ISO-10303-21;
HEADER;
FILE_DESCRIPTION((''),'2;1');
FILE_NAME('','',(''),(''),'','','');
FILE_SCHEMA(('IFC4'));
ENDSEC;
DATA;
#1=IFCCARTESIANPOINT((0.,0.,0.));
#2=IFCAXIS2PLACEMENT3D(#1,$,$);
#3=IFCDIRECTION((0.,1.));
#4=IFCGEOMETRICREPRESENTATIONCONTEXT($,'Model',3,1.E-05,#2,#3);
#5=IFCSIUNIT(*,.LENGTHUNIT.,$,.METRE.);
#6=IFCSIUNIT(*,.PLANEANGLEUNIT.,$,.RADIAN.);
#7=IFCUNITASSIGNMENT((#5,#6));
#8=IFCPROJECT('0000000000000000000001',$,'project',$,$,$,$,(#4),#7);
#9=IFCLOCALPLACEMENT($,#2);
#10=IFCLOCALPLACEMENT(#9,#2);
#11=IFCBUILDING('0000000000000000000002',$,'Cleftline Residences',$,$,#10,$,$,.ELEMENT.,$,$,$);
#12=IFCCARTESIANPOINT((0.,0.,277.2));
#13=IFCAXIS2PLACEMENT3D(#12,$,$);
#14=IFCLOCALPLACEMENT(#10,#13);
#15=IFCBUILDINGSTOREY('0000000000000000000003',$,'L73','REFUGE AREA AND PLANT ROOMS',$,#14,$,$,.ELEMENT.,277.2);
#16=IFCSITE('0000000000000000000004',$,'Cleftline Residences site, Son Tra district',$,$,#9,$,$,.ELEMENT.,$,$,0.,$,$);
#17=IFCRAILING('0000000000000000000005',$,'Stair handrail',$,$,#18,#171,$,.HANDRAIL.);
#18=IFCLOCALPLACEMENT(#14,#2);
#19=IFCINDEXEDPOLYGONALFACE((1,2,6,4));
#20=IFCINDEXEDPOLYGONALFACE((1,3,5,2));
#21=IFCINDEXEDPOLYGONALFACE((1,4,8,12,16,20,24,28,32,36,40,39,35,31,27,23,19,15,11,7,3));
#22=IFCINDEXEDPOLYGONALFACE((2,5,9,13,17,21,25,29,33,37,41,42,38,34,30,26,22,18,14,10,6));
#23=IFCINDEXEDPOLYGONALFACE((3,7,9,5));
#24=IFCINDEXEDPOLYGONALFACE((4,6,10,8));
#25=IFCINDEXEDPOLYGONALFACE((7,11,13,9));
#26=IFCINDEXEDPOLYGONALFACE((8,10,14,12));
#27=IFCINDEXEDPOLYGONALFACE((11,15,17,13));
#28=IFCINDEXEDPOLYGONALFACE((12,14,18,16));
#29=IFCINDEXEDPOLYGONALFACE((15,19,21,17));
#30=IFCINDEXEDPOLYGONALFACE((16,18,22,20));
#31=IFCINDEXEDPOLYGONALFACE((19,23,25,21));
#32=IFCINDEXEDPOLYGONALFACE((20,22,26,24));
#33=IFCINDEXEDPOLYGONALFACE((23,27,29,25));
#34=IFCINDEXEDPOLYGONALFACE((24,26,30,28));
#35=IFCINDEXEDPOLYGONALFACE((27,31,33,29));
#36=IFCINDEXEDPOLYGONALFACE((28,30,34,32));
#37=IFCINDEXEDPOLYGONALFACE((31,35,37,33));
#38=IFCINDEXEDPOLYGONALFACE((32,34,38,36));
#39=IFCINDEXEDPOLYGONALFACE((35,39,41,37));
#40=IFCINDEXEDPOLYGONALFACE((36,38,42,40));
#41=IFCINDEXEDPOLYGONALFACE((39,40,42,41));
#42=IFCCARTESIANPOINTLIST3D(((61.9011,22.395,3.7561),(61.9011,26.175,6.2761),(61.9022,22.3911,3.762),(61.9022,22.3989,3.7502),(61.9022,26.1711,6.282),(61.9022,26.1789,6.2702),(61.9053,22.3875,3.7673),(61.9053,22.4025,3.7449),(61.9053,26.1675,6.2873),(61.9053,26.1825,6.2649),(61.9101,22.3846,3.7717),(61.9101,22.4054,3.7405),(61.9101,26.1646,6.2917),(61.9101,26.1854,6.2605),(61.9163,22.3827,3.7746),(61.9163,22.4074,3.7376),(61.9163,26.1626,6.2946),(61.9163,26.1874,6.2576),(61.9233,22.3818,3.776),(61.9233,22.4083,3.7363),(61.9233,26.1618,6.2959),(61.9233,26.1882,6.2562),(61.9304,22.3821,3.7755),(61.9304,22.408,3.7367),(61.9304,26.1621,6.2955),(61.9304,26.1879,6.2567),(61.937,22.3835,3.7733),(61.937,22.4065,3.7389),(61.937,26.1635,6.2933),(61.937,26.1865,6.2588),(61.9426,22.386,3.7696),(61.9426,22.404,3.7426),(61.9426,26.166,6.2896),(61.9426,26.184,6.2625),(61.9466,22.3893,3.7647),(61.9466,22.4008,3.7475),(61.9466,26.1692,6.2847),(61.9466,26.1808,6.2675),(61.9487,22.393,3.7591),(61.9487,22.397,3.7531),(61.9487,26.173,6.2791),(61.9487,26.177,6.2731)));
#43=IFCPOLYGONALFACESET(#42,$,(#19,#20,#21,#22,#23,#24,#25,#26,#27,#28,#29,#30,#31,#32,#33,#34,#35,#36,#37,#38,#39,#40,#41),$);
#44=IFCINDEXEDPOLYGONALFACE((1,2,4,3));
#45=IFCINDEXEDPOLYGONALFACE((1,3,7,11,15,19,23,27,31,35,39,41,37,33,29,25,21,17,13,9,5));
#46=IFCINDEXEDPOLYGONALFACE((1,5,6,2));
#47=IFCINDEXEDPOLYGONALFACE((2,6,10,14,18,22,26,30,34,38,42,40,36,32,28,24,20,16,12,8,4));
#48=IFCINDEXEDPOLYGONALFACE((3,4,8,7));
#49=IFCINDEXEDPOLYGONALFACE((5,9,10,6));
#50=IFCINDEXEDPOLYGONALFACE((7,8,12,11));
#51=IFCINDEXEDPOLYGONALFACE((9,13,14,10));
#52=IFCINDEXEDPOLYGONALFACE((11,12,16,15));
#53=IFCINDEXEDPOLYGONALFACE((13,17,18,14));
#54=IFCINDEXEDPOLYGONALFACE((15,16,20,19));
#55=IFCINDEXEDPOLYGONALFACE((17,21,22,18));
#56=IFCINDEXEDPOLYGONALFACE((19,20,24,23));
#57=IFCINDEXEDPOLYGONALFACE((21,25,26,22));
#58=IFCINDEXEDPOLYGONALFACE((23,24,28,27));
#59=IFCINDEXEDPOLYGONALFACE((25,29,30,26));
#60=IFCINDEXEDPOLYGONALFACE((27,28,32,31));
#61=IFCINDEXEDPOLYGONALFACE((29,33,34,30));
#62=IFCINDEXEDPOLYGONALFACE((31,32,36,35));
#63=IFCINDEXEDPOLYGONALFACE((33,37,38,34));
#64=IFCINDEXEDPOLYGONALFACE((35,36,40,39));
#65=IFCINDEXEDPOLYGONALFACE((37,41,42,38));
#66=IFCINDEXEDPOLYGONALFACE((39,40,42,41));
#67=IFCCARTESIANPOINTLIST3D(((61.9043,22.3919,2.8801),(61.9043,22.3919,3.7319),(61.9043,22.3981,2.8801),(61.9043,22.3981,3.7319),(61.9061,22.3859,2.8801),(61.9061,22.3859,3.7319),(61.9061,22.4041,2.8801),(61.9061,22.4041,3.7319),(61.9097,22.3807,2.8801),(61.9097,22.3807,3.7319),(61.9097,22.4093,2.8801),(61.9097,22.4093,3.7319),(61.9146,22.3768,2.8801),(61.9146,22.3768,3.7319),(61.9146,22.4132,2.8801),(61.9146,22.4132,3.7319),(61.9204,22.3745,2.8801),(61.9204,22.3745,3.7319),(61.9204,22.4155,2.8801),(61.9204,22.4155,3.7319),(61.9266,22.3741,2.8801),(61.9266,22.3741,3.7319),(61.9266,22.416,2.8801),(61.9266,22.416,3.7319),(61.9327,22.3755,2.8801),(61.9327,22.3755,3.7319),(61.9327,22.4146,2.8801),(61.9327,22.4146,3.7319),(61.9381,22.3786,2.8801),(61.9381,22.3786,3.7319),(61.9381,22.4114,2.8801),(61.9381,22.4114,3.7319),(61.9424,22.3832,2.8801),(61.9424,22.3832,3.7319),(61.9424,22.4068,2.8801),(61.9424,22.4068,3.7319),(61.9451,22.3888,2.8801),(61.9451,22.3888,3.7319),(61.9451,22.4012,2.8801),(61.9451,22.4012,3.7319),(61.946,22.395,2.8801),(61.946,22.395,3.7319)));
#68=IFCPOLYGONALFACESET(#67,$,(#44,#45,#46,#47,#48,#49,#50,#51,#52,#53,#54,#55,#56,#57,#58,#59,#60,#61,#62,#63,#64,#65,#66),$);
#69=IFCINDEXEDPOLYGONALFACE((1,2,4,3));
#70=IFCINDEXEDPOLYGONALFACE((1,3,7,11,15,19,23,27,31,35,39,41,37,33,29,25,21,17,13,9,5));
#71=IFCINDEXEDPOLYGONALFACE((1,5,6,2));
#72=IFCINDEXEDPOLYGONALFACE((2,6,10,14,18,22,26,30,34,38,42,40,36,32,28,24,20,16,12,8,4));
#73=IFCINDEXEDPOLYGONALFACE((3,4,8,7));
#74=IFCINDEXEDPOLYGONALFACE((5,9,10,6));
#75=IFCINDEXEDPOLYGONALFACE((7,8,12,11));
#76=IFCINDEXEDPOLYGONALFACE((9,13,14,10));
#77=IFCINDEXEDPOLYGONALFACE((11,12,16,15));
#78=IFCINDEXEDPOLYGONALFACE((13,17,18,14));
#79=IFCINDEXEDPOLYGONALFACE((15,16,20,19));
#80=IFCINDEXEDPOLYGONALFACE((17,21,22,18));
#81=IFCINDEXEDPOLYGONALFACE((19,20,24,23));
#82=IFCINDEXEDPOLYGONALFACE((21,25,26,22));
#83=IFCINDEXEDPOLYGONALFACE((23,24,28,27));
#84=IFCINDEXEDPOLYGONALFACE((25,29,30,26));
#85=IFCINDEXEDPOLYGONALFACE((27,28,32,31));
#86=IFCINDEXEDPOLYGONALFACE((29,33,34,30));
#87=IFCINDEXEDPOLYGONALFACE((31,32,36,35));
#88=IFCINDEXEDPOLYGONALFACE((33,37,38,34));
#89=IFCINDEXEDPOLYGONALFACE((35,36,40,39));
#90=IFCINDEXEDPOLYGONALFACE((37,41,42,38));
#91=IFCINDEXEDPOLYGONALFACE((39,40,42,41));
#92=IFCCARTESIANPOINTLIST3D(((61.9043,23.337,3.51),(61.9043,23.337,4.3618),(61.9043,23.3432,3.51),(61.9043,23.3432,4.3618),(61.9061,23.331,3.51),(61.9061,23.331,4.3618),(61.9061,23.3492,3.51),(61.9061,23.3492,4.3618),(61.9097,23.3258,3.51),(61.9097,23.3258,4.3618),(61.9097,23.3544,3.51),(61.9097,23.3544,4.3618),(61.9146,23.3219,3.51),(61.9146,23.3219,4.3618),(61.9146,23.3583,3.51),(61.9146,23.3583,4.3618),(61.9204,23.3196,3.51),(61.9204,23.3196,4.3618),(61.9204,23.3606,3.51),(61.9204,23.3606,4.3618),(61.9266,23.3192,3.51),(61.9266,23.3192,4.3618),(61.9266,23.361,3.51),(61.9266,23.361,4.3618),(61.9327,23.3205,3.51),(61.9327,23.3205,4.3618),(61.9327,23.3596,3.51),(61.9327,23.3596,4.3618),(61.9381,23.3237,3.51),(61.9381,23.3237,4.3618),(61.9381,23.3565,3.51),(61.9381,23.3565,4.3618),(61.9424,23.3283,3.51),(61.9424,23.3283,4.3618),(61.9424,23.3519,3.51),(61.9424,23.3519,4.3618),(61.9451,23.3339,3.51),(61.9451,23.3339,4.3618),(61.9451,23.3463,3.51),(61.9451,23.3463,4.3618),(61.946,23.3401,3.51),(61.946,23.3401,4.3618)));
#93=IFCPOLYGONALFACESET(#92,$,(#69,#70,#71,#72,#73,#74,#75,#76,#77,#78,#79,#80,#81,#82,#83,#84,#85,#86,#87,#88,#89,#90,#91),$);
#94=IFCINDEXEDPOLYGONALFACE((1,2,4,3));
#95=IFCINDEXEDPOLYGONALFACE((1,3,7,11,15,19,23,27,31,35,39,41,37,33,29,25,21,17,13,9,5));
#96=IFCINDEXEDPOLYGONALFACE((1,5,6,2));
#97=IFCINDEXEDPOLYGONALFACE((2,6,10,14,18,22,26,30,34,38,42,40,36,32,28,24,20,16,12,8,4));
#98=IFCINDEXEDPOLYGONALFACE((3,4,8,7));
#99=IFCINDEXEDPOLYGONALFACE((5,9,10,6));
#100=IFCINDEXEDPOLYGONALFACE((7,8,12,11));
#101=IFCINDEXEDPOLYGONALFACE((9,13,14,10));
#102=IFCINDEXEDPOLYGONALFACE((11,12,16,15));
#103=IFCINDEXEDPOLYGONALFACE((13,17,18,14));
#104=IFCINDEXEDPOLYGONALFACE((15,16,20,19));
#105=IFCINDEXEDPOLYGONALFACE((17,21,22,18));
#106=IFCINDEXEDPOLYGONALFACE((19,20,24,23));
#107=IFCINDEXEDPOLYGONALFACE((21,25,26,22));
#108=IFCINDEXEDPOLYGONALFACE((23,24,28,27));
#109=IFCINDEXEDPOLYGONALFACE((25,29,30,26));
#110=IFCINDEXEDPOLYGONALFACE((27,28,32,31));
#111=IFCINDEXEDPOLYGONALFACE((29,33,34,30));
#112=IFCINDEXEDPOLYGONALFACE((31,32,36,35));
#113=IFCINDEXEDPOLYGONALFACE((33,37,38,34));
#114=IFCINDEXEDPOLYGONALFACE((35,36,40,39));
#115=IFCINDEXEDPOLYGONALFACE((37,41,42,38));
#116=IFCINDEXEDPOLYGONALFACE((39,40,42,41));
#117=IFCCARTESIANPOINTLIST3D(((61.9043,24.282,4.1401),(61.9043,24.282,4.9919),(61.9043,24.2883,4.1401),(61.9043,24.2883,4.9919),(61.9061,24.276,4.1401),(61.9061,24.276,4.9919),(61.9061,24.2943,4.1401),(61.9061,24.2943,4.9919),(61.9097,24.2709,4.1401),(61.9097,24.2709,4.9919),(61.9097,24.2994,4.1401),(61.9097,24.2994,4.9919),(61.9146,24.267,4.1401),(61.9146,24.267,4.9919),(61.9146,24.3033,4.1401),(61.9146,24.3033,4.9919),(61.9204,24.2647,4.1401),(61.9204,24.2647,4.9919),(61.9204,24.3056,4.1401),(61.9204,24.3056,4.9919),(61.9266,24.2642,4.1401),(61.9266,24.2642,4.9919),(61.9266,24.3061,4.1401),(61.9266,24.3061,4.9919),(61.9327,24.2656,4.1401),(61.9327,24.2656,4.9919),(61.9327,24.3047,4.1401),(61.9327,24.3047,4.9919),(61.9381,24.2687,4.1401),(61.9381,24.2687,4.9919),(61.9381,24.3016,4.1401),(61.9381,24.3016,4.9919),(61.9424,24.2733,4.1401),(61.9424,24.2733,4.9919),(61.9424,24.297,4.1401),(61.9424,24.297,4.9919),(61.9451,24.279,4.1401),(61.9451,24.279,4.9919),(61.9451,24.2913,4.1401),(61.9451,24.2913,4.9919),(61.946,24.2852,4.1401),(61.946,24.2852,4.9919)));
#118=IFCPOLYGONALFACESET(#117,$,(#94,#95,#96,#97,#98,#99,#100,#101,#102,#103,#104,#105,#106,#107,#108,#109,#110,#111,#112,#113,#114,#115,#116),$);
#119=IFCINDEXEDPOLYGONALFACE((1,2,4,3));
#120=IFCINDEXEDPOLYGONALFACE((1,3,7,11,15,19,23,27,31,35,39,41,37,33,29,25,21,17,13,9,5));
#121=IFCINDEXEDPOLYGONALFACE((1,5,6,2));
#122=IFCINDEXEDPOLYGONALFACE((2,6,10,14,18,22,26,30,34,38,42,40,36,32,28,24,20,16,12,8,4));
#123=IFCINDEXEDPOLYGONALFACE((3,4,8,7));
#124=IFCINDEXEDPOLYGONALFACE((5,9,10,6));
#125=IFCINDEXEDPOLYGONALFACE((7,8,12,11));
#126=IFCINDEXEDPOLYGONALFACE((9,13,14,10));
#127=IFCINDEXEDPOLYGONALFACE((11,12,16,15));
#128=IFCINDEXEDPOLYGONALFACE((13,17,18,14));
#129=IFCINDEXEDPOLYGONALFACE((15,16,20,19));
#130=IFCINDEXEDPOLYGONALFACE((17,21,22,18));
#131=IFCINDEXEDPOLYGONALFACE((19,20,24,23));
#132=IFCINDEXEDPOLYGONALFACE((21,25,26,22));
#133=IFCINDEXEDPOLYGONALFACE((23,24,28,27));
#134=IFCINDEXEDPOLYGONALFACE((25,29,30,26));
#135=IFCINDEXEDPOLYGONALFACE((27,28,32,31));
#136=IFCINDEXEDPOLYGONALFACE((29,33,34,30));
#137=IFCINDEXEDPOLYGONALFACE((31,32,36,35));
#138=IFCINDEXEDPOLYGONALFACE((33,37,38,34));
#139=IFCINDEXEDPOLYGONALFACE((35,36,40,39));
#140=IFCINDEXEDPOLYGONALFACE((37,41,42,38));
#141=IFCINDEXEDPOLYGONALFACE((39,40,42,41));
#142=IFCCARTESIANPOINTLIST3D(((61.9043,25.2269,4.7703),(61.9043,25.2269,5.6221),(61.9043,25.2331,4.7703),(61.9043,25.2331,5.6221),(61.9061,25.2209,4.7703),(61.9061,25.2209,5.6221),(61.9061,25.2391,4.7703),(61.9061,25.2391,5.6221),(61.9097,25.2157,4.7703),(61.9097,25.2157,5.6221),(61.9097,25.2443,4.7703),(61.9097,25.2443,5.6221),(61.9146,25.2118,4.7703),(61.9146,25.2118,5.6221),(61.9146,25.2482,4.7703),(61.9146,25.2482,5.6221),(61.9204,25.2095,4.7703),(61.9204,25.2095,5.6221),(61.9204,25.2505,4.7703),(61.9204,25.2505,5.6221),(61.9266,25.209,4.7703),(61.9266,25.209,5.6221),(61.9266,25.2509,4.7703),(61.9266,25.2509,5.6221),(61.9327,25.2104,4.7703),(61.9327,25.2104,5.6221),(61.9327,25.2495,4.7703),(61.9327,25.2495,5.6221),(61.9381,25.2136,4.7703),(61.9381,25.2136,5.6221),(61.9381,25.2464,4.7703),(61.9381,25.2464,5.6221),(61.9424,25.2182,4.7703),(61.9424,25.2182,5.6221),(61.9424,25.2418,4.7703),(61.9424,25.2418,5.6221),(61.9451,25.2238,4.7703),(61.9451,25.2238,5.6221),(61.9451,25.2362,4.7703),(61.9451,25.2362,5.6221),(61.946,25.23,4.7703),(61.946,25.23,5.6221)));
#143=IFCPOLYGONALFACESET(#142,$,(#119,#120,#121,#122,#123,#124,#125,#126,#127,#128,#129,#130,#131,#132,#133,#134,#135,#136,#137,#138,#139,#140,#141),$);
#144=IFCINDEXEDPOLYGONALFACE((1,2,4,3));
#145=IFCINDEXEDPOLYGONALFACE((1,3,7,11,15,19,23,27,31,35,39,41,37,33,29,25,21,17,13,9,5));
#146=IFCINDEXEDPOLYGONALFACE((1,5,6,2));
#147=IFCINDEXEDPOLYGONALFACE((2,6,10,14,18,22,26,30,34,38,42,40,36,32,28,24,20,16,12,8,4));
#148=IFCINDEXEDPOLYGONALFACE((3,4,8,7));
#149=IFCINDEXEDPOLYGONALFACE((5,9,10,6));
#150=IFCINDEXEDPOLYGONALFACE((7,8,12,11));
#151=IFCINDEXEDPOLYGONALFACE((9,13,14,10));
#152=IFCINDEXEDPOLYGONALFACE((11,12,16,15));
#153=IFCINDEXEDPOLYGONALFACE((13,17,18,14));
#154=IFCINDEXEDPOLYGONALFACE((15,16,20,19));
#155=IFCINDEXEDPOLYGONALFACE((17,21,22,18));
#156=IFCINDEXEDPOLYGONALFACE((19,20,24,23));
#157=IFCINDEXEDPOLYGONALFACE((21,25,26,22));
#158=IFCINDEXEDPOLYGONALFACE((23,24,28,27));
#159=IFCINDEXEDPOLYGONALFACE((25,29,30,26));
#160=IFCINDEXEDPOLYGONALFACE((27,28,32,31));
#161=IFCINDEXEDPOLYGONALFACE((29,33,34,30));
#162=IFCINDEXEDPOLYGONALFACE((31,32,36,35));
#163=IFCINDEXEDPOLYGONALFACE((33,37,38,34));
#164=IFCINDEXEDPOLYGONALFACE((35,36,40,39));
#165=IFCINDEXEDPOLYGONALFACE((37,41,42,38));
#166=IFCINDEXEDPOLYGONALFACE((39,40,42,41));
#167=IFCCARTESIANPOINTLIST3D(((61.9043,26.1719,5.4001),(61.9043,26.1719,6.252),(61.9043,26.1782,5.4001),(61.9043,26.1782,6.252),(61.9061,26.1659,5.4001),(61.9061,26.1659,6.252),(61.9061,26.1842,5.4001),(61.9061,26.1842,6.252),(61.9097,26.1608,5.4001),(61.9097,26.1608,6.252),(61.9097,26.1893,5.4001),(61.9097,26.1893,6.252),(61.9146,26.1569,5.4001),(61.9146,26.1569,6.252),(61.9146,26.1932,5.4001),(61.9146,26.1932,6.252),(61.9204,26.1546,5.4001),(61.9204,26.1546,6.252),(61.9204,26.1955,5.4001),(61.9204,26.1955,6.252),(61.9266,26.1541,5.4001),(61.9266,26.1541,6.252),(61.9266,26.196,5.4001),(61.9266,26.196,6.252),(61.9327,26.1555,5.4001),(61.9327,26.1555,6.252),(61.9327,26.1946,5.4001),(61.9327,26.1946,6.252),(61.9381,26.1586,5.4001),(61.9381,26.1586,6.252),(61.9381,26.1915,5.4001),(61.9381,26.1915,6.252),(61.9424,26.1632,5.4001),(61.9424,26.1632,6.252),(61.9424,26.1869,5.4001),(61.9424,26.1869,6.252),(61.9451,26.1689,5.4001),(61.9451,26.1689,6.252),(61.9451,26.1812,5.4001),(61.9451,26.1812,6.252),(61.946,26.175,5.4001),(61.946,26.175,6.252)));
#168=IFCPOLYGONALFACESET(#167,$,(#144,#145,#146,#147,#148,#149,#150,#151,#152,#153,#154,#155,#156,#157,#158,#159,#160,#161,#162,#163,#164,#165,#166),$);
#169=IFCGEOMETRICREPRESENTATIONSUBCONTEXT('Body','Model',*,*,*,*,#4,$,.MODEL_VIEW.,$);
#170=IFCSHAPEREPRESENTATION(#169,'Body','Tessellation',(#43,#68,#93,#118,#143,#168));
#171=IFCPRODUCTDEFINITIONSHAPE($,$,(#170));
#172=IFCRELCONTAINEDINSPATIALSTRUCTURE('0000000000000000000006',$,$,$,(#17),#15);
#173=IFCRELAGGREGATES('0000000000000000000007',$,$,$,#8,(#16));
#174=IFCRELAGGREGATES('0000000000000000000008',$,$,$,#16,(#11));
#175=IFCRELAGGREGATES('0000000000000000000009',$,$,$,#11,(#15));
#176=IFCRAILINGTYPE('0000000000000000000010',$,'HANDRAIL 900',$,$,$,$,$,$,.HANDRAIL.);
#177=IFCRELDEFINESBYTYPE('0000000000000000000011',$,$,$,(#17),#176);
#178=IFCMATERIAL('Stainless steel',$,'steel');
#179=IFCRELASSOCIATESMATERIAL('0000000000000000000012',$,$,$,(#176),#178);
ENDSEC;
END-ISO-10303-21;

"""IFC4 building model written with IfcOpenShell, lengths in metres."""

from ifc_helpers import new_model, si_unit, direction, frame, origin, origin_2d, place, context, subcontext, project, spatial, circle, extrude, material, type_object, element, save


model = new_model("IFC4")

# Units and contexts
model_context = context("Model", 3, precision=1e-05, world=origin(), true_north=direction((0.0, 1.0)))
body_context = subcontext(model_context, "Body", "Model", "MODEL_VIEW")
ifc_project = project(units=[si_unit("LENGTHUNIT", "METRE"), si_unit("PLANEANGLEUNIT", "RADIAN")], contexts=[model_context])

# Site, building, storey
site_placement = place(None, origin())
site = spatial("IfcSite", under=ifc_project, at=site_placement, Name="Cleftline Residences site, Son Tra district", CompositionType="ELEMENT", RefElevation=0.0)
building_placement = place(site_placement, origin())
building = spatial("IfcBuilding", under=site, at=building_placement, Name="Cleftline Residences", CompositionType="ELEMENT")
storey_placement = place(building_placement, frame((0.0, 0.0, 277.2)))
storey = spatial("IfcBuildingStorey", under=building, at=storey_placement, Name="L73", Description="REFUGE AREA AND PLANT ROOMS", CompositionType="ELEMENT", Elevation=277.2)

# Railing
ifc_material_1 = material(Name="Stainless steel", Category="steel")
railing_type = type_object("IfcRailingType", Name="HANDRAIL 900", PredefinedType="HANDRAIL", material=ifc_material_1)
railing_placement = place(storey_placement, frame((61.925, 22.395, 2.8801)))
element("IfcRailing", 1, at=railing_placement, inside=storey, type_object=railing_type, Name="Stair handrail", PredefinedType="HANDRAIL", context=body_context, shape_type="SweptSolid", body=[
    extrude(circle(Radius=0.0239, at=origin_2d()), frame((0.0, 0.0, 0.876), z_axis=(0.0, 0.83205, 0.5547), x_axis=(-1.0, 0.0, 0.0)), (0.0, 0.0, 1.0), 4.543),
    extrude(circle(Radius=0.021, at=origin_2d()), origin(), (0.0, 0.0, 1.0), 0.8518),
    extrude(circle(Radius=0.021, at=origin_2d()), frame((0.0, 0.9451, 0.6299)), (0.0, 0.0, 1.0), 0.8518),
    extrude(circle(Radius=0.021, at=origin_2d()), frame((0.0, 1.8901, 1.26)), (0.0, 0.0, 1.0), 0.8518),
    extrude(circle(Radius=0.021, at=origin_2d()), frame((0.0, 2.835, 1.8901)), (0.0, 0.0, 1.0), 0.8518),
    extrude(circle(Radius=0.021, at=origin_2d()), frame((0.0, 3.78, 2.52)), (0.0, 0.0, 1.0), 0.8518),
])

save(model, "model.ifc")
